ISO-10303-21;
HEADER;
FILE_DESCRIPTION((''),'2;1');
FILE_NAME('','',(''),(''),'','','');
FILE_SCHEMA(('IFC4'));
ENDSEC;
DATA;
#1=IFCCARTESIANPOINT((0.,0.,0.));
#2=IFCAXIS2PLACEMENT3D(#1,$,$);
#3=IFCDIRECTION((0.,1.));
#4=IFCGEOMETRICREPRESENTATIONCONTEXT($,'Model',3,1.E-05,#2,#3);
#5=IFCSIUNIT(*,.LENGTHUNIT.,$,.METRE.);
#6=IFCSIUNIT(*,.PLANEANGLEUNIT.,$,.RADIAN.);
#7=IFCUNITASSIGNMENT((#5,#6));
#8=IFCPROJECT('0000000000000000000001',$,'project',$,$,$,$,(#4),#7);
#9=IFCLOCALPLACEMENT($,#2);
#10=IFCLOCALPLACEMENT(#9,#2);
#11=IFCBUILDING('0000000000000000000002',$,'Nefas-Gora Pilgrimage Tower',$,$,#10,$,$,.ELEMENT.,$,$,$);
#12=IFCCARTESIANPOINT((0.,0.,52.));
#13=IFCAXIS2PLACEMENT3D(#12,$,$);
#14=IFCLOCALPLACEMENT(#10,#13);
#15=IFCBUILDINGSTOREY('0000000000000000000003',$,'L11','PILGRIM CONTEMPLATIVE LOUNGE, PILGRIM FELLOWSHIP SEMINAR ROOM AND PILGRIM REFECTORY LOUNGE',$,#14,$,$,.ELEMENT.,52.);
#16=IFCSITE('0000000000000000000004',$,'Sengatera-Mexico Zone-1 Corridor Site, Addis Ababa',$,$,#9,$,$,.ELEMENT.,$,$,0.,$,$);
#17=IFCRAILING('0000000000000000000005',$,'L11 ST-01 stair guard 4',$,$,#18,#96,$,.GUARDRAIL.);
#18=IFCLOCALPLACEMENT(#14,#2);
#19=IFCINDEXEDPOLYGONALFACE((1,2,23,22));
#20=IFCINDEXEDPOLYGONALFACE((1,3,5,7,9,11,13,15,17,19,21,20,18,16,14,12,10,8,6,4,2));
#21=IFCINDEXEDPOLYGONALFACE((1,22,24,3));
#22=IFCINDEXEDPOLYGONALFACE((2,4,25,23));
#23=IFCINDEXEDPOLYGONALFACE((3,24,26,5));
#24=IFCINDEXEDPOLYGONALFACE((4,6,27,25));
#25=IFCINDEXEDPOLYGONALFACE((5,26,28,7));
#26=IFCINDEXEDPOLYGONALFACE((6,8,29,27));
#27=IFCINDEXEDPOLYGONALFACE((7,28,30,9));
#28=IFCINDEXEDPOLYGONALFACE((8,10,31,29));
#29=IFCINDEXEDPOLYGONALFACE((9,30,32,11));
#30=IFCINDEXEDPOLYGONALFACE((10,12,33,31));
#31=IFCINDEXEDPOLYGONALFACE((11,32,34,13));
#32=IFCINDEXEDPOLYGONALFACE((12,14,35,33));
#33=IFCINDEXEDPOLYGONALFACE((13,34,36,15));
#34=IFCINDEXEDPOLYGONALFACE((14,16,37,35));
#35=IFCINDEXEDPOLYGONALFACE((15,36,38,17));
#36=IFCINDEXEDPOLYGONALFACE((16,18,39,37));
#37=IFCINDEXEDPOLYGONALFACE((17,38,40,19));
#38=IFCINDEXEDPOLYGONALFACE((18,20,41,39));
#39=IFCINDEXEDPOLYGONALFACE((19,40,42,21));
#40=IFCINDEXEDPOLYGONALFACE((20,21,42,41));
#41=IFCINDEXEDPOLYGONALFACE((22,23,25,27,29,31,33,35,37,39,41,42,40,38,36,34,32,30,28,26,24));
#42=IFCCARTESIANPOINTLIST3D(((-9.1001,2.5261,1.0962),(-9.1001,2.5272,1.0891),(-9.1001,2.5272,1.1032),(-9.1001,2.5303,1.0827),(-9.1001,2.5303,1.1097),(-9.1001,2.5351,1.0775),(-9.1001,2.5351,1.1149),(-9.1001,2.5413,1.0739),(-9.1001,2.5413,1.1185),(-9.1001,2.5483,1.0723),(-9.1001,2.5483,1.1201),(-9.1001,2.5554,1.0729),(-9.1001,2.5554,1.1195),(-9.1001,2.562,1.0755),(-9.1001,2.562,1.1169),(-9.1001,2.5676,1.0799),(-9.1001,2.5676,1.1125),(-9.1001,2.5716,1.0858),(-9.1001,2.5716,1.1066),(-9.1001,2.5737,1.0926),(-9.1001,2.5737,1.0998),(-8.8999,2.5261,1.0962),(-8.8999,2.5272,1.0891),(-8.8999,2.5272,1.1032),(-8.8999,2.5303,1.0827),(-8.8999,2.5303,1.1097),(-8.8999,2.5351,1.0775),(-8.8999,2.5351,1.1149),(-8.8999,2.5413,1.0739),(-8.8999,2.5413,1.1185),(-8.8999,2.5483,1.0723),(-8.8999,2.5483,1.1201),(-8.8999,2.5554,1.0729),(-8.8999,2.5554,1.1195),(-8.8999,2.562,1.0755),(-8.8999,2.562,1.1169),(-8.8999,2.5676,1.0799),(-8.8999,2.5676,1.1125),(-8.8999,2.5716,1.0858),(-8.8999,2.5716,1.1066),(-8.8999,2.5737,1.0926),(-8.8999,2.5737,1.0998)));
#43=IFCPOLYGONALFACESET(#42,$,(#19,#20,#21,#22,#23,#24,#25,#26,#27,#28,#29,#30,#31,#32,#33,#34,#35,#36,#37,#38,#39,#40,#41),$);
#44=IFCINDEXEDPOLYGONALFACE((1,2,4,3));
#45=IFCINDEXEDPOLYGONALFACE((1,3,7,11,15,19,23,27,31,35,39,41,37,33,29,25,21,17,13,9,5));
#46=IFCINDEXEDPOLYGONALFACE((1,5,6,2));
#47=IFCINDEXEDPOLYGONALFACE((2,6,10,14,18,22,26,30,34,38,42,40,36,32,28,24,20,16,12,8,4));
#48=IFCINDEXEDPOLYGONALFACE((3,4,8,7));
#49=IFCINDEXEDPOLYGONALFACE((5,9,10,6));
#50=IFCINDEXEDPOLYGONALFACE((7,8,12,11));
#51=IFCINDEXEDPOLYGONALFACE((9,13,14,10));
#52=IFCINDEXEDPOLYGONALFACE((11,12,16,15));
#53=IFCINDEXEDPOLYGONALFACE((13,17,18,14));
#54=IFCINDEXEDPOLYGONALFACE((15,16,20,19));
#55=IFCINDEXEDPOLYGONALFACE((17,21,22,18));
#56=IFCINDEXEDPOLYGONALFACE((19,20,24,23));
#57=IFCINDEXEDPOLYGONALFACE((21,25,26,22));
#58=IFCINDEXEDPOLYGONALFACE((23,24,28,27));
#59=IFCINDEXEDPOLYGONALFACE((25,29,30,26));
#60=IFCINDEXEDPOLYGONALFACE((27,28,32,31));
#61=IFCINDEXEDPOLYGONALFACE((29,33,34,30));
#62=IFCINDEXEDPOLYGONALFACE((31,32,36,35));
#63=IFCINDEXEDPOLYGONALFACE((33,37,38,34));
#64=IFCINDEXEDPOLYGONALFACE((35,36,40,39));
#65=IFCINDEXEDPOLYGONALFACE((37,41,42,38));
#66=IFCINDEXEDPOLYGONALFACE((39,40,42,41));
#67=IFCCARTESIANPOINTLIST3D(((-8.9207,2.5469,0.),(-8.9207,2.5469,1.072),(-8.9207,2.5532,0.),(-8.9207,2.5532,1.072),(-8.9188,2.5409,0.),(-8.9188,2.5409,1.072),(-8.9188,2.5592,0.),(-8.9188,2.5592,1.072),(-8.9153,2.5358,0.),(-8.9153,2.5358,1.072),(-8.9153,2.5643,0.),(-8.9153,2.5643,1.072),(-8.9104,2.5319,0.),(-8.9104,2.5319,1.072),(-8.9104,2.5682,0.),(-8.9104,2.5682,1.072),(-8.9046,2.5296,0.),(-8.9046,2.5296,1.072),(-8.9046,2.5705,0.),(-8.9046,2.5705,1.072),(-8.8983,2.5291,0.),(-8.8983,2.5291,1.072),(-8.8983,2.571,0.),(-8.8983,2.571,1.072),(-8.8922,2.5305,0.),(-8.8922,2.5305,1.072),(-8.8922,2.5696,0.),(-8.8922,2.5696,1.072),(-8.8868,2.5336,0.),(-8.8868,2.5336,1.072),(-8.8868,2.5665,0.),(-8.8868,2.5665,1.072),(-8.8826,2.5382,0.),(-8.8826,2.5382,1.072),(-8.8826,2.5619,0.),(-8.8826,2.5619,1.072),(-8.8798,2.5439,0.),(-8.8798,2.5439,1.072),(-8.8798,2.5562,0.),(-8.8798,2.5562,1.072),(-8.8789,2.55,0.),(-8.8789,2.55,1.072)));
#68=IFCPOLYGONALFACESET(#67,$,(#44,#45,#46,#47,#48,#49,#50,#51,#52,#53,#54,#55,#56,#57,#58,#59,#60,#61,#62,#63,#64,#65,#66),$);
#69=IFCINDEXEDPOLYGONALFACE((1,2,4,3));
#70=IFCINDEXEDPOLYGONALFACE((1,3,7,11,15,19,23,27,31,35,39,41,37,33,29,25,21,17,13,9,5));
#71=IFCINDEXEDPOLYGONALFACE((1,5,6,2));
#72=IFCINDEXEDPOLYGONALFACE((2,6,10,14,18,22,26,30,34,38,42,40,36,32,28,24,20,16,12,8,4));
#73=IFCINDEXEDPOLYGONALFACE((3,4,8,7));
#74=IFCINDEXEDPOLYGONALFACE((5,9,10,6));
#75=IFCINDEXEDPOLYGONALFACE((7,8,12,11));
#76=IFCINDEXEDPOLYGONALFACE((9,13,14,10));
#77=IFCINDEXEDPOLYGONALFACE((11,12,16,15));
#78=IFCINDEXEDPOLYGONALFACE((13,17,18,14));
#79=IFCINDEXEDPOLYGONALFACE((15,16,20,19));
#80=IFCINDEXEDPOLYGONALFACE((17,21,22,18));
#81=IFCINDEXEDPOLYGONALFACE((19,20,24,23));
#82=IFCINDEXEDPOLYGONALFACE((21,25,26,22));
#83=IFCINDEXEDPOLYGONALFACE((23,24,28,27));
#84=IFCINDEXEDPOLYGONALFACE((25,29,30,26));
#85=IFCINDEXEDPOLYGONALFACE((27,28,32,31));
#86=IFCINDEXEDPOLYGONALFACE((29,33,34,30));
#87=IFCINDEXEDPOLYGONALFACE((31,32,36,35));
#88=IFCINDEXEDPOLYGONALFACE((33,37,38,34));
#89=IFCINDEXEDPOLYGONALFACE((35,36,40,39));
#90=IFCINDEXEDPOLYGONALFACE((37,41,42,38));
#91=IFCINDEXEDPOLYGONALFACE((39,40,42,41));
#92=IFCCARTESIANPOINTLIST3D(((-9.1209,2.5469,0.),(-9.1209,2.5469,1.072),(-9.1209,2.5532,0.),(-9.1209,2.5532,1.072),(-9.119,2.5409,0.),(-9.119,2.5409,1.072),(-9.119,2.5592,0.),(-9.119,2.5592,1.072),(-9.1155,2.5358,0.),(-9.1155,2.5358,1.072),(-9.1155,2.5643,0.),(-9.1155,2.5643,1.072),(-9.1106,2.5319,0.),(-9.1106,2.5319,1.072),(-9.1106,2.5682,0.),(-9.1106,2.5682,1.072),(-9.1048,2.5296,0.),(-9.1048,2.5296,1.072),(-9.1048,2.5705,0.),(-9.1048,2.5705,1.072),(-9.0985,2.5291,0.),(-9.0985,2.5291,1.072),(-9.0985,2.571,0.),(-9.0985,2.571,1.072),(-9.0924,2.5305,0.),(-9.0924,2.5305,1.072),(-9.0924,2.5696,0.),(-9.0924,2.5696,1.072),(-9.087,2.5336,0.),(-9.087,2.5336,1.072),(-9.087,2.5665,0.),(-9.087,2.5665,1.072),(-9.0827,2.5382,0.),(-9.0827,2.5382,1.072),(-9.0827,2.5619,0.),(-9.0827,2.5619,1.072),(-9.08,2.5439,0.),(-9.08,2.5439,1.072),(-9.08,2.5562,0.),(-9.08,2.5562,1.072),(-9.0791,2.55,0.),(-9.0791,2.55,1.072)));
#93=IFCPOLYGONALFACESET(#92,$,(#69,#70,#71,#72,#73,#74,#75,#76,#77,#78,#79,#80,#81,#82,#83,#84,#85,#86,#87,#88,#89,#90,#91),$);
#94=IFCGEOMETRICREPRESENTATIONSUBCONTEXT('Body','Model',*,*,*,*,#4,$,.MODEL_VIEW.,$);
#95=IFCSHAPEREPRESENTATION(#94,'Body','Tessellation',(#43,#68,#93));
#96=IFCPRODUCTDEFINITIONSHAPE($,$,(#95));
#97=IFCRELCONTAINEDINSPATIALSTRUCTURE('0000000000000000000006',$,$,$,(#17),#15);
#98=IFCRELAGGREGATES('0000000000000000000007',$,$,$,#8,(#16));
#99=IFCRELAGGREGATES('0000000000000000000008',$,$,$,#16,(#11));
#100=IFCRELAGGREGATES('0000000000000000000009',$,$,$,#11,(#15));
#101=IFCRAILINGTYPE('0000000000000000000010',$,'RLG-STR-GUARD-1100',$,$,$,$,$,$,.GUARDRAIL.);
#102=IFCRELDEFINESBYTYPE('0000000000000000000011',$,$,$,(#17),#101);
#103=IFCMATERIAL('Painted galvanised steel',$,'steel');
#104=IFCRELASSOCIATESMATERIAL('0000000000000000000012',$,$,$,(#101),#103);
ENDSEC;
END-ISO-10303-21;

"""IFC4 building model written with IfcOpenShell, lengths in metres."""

from ifc_helpers import new_model, si_unit, direction, frame, origin, origin_2d, place, context, subcontext, project, spatial, circle, extrude, material, type_object, element, save


model = new_model("IFC4")

# Units and contexts
model_context = context("Model", 3, precision=1e-05, world=origin(), true_north=direction((0.0, 1.0)))
body_context = subcontext(model_context, "Body", "Model", "MODEL_VIEW")
ifc_project = project(units=[si_unit("LENGTHUNIT", "METRE"), si_unit("PLANEANGLEUNIT", "RADIAN")], contexts=[model_context])

# Site, building, storey
site_placement = place(None, origin())
site = spatial("IfcSite", under=ifc_project, at=site_placement, Name="Sengatera-Mexico Zone-1 Corridor Site, Addis Ababa", CompositionType="ELEMENT", RefElevation=0.0)
building_placement = place(site_placement, origin())
building = spatial("IfcBuilding", under=site, at=building_placement, Name="Nefas-Gora Pilgrimage Tower", CompositionType="ELEMENT")
storey_placement = place(building_placement, frame((0.0, 0.0, 52.0)))
storey = spatial("IfcBuildingStorey", under=building, at=storey_placement, Name="L11", Description="PILGRIM CONTEMPLATIVE LOUNGE, PILGRIM FELLOWSHIP SEMINAR ROOM AND PILGRIM REFECTORY LOUNGE", CompositionType="ELEMENT", Elevation=52.0)

# Railing
ifc_material_1 = material(Name="Painted galvanised steel", Category="steel")
railing_type_1 = type_object("IfcRailingType", Name="RLG-STR-GUARD-1100", PredefinedType="GUARDRAIL", material=ifc_material_1)
railing_1_placement = place(storey_placement, frame((-8.8999, 2.55, 0.0)))
element("IfcRailing", 1, at=railing_1_placement, inside=storey, type_object=railing_type_1, Name="L11 ST-01 stair guard 4", PredefinedType="GUARDRAIL", context=body_context, shape_type="SweptSolid", body=[
    extrude(circle(Radius=0.0239, at=origin_2d()), frame((0.0, 0.0, 1.0962), z_axis=(-1.0, 0.0, 0.0), x_axis=(0.0, -1.0, 0.0)), (0.0, 0.0, 1.0), 0.2002),
    extrude(circle(Radius=0.021, at=origin_2d()), origin(), (0.0, 0.0, 1.0), 1.072),
    extrude(circle(Radius=0.021, at=origin_2d()), frame((-0.2002, 0.0, 0.0)), (0.0, 0.0, 1.0), 1.072),
])

save(model, "model.ifc")
